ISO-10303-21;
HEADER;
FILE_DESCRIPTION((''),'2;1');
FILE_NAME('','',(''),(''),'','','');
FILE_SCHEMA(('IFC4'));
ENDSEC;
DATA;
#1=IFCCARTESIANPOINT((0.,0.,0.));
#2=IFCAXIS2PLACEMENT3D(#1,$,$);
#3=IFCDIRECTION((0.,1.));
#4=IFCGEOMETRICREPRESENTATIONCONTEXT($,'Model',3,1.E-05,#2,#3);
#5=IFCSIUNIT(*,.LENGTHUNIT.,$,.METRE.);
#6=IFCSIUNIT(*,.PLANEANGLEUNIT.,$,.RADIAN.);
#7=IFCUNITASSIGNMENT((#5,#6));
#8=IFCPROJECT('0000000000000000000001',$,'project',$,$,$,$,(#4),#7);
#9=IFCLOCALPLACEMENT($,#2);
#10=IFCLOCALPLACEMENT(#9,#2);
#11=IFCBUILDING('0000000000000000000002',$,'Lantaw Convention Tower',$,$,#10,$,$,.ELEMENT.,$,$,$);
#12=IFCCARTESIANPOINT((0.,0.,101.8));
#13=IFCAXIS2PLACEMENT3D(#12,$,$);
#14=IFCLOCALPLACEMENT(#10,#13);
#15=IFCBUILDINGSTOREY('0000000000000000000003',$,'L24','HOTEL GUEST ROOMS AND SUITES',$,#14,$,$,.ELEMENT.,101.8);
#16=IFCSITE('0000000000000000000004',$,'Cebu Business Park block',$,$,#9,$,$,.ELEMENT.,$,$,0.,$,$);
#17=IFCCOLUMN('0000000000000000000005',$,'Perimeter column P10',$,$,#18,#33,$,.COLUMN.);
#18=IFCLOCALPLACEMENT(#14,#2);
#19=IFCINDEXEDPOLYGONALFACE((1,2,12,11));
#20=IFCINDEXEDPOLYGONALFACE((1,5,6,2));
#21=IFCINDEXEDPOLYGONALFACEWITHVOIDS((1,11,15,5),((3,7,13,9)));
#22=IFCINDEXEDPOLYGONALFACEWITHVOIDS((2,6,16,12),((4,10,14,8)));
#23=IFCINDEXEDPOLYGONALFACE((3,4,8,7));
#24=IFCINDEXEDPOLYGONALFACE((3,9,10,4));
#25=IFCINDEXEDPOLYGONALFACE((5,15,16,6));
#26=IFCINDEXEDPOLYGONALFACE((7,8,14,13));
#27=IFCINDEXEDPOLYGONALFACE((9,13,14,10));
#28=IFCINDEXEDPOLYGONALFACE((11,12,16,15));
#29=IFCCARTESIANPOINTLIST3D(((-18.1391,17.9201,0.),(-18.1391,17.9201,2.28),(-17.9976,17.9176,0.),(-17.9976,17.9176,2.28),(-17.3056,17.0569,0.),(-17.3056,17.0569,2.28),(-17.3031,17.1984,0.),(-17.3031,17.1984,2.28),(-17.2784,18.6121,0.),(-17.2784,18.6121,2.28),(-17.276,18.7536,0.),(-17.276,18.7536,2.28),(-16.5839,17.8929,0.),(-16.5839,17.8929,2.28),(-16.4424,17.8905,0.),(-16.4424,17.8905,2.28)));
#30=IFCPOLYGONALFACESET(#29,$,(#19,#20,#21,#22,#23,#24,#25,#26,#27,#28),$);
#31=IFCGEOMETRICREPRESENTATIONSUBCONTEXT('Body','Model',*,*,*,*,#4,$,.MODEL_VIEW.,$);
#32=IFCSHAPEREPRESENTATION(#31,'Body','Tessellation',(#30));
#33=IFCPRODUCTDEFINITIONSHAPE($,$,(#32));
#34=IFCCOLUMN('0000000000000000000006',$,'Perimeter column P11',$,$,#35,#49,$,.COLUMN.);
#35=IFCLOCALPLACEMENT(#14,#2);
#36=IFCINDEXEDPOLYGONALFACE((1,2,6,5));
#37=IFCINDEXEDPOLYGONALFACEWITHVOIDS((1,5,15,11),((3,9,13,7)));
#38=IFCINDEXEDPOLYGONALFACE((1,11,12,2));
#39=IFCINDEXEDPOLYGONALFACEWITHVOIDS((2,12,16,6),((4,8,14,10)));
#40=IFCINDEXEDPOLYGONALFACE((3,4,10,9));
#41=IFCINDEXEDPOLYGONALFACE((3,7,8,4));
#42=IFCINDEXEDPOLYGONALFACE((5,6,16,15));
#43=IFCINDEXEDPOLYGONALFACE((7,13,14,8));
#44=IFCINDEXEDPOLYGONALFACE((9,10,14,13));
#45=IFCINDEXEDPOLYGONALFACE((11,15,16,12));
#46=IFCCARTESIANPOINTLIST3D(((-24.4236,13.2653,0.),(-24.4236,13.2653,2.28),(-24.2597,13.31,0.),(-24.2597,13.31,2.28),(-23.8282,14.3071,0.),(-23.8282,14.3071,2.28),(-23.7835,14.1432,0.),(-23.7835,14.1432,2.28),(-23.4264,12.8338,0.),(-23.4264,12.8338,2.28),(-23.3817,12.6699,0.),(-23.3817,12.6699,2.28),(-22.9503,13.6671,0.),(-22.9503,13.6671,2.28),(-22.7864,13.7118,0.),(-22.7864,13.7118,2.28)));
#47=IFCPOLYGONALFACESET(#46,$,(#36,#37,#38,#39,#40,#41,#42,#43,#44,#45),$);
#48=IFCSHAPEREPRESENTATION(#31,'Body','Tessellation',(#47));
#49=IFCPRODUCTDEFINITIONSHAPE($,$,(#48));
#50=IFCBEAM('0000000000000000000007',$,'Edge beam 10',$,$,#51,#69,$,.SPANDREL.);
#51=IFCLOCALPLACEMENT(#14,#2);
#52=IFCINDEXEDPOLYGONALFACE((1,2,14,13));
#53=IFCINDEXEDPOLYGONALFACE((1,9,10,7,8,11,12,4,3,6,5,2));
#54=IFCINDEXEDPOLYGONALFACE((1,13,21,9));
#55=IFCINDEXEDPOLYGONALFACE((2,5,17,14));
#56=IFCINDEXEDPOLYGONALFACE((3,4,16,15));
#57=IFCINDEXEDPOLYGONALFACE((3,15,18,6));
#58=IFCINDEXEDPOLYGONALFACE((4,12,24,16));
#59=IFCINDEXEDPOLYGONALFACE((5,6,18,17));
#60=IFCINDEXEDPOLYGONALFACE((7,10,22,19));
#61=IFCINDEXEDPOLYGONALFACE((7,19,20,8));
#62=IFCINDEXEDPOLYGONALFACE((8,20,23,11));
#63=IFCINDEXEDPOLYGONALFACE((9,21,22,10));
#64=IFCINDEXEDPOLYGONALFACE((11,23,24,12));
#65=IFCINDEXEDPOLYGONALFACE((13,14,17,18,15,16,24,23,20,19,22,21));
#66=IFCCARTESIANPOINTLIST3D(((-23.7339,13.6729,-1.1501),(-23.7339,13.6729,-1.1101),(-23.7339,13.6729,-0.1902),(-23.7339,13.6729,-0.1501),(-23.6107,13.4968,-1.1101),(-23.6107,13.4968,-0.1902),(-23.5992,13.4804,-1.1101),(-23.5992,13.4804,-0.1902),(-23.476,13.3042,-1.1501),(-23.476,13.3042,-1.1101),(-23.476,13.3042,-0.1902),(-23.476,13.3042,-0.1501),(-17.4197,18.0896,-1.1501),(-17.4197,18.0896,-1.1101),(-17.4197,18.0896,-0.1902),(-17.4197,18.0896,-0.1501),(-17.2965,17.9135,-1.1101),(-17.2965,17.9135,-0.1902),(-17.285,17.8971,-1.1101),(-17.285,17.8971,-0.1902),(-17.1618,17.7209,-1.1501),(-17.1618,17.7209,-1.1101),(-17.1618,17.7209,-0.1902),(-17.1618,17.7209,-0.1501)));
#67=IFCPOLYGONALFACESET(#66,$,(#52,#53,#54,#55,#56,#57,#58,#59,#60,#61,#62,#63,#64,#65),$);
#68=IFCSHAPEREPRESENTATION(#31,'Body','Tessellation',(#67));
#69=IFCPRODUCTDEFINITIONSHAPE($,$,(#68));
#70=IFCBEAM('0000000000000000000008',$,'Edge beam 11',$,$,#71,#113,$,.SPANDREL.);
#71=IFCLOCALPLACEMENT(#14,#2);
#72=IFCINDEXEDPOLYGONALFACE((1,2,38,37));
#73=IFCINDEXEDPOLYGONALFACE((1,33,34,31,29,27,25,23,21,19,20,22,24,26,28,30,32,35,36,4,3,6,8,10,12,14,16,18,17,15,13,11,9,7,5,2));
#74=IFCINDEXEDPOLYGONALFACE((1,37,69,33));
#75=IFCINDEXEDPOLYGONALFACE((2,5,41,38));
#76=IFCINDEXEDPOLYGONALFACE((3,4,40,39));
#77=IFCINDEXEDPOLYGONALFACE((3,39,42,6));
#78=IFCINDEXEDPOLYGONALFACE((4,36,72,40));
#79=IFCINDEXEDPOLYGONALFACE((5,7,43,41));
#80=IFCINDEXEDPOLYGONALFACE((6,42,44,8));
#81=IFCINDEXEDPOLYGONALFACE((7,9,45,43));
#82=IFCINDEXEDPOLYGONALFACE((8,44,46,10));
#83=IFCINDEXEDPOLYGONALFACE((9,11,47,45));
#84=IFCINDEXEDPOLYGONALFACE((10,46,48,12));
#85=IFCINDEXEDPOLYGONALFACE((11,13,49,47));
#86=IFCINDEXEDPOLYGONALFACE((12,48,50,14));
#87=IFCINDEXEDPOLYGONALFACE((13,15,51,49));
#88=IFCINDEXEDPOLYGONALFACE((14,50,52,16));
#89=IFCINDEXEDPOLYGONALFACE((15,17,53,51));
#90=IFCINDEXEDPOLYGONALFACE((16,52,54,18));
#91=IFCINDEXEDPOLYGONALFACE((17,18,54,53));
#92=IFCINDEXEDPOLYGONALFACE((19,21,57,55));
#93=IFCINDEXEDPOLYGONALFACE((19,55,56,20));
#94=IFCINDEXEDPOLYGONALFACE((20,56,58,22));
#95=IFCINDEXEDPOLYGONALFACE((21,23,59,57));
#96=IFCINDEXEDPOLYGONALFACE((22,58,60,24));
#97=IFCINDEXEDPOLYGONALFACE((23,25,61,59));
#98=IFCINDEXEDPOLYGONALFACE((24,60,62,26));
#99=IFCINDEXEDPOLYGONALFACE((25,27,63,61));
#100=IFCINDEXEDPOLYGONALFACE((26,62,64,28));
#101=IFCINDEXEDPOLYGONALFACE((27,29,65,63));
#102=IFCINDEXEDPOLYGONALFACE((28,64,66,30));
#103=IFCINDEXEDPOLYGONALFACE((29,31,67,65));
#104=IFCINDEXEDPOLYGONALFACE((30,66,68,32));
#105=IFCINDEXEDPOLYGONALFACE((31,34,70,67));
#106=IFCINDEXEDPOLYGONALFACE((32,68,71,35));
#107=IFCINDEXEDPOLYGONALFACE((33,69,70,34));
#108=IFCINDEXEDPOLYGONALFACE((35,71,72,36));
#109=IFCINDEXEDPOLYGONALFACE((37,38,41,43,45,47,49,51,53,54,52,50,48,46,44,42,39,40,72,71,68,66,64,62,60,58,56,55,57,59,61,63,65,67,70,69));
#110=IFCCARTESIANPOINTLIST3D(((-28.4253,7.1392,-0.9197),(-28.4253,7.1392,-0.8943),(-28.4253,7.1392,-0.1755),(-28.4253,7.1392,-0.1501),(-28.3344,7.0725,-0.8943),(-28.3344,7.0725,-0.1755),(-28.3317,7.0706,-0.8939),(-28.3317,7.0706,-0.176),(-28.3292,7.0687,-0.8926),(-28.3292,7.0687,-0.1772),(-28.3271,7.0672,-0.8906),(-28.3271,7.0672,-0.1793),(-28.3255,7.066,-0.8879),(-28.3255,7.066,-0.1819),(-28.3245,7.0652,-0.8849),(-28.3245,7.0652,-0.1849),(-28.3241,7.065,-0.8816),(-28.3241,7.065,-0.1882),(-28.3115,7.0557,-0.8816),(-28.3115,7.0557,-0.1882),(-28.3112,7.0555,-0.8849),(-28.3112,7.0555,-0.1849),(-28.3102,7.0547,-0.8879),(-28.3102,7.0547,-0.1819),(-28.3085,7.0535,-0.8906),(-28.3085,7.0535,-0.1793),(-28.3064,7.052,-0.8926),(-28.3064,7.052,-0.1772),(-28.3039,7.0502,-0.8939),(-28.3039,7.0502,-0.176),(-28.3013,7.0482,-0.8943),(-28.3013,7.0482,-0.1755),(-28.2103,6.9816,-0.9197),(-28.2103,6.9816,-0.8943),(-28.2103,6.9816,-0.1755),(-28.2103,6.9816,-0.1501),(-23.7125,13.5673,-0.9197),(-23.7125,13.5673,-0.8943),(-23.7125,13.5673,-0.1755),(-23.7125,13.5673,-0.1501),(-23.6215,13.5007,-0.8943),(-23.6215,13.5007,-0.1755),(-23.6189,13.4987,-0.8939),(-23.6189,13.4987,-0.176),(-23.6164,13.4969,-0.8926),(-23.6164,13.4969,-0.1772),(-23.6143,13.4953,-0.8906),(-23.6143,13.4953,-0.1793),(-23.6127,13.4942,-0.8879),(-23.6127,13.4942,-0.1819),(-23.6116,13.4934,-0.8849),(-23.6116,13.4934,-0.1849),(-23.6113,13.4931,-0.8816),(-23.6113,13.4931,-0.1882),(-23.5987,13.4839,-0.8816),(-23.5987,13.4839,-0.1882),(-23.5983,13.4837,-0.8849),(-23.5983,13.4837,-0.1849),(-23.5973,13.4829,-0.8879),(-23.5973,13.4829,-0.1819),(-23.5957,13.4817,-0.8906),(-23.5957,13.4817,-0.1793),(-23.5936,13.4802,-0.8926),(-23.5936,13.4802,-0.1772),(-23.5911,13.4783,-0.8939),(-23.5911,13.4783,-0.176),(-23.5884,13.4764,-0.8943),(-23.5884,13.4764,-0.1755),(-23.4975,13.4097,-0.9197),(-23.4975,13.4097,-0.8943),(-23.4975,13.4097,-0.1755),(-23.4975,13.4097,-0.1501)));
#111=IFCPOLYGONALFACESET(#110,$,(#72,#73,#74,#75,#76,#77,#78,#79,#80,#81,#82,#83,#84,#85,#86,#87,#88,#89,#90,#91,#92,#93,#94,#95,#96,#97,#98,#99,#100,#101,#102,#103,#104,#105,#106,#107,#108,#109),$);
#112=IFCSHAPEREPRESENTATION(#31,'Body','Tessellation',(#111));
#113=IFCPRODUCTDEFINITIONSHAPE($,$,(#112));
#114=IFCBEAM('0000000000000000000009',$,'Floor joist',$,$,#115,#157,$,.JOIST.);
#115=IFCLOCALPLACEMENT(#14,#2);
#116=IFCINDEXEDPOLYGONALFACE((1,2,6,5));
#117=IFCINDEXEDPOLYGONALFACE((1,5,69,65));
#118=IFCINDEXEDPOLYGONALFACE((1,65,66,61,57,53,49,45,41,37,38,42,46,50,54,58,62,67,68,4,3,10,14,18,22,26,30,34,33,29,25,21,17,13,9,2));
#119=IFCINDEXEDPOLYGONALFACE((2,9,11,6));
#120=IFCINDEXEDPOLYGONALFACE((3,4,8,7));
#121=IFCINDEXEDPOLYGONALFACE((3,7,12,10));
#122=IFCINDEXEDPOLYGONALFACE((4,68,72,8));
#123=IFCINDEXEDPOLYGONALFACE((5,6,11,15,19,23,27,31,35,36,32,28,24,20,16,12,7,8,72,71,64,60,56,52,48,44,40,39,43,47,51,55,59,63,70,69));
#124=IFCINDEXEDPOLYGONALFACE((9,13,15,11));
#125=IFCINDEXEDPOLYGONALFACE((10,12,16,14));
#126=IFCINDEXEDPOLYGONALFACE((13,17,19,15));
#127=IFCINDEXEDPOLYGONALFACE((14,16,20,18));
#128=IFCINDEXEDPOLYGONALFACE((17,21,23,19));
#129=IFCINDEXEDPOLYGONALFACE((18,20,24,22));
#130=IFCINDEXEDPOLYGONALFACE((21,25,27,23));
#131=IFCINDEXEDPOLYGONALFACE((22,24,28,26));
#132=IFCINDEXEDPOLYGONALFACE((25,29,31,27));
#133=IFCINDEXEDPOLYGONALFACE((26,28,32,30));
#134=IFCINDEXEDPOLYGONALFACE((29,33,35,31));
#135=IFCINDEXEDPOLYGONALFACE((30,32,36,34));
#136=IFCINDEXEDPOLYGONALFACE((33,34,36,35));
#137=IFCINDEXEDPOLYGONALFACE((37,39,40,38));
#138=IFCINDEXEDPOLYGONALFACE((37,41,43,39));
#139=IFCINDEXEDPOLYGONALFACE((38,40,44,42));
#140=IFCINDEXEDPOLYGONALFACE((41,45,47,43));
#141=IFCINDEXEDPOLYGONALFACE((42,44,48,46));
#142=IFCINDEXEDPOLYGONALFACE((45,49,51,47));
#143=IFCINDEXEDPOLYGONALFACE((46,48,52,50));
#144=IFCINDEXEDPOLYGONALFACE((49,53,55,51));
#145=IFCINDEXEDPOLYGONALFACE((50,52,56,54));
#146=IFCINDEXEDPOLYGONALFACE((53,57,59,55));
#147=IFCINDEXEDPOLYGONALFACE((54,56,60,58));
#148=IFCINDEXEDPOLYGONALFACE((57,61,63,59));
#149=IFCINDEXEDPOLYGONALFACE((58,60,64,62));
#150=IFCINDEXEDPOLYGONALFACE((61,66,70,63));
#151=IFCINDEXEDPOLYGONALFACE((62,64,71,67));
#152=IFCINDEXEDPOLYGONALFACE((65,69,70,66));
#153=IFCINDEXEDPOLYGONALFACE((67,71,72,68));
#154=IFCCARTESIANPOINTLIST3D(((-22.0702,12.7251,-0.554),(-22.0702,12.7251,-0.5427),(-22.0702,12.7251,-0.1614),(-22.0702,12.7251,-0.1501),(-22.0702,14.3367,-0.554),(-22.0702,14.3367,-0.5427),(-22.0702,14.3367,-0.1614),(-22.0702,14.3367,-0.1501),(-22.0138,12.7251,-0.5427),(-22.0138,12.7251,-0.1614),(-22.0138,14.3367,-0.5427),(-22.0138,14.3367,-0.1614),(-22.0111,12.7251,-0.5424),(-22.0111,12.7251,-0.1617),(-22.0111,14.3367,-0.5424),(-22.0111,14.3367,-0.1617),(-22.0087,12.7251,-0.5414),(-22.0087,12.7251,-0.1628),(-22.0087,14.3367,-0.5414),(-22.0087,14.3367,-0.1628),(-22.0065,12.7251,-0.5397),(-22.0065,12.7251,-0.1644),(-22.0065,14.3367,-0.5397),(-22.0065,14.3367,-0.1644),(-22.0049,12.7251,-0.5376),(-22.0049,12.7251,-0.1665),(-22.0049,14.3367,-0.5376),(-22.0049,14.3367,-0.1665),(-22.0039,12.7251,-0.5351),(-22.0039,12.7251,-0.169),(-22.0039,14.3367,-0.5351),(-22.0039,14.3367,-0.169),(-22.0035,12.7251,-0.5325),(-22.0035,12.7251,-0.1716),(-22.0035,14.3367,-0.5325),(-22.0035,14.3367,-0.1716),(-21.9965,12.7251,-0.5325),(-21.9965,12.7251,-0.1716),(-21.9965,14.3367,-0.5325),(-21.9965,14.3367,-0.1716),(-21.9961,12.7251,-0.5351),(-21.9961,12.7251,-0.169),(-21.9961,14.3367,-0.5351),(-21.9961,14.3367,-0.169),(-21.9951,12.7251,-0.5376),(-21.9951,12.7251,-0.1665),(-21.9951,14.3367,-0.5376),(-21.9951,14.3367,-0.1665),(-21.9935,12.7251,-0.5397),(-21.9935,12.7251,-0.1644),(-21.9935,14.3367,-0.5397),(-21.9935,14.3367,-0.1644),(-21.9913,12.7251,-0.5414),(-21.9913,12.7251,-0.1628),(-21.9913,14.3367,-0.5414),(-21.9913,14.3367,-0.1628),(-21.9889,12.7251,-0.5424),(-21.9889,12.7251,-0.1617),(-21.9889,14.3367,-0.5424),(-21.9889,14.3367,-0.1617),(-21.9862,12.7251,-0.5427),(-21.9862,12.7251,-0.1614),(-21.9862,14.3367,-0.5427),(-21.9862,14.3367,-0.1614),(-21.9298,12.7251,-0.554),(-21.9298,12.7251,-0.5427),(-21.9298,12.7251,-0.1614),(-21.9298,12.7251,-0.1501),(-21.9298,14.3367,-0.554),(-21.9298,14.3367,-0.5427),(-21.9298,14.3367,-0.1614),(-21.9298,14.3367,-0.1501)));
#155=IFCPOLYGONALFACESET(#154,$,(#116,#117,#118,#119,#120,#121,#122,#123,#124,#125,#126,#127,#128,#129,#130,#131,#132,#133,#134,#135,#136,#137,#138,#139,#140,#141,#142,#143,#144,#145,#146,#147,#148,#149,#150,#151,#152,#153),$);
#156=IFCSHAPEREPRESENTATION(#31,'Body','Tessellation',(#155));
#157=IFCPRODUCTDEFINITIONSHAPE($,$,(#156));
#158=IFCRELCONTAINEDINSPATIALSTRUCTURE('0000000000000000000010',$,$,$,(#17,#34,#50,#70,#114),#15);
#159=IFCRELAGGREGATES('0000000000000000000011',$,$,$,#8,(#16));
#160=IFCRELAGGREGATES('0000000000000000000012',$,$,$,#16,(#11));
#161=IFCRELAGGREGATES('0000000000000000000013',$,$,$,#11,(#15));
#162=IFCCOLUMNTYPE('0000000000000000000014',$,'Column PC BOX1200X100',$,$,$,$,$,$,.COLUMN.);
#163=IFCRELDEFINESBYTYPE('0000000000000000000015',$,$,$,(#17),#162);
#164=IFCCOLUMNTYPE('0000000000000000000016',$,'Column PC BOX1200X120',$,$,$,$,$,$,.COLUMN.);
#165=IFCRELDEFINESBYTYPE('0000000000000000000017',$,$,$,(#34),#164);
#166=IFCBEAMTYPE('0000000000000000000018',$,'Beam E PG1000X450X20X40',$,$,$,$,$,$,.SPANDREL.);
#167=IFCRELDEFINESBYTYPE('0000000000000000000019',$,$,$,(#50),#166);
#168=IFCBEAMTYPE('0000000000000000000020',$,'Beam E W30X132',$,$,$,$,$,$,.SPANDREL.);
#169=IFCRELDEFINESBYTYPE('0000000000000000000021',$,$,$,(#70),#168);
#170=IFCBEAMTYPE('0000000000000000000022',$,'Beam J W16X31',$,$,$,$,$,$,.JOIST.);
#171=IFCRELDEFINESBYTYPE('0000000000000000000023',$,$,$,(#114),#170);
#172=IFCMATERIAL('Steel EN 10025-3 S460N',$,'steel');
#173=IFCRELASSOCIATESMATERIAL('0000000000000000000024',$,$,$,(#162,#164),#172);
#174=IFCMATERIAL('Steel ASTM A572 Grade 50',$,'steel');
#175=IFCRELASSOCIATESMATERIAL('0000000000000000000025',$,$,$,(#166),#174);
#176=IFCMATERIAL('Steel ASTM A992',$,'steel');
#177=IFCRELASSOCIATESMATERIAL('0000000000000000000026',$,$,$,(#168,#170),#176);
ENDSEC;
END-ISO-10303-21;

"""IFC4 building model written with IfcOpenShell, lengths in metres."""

from ifc_helpers import new_model, si_unit, direction, frame, origin, origin_2d, place, context, subcontext, project, spatial, rectangle, hollow_rectangle, i_section, extrude, material, material_profile, profile_set, type_object, element, save


model = new_model("IFC4")

# Units and contexts
model_context = context("Model", 3, precision=1e-05, world=origin(), true_north=direction((0.0, 1.0)))
body_context = subcontext(model_context, "Body", "Model", "MODEL_VIEW")
ifc_project = project(units=[si_unit("LENGTHUNIT", "METRE"), si_unit("PLANEANGLEUNIT", "RADIAN")], contexts=[model_context])

# Site, building, storey
site_placement = place(None, origin())
site = spatial("IfcSite", under=ifc_project, at=site_placement, Name="Cebu Business Park block", CompositionType="ELEMENT", RefElevation=0.0)
building_placement = place(site_placement, origin())
building = spatial("IfcBuilding", under=site, at=building_placement, Name="Lantaw Convention Tower", CompositionType="ELEMENT")
storey_placement = place(building_placement, frame((0.0, 0.0, 101.8)))
storey = spatial("IfcBuildingStorey", under=building, at=storey_placement, Name="L24", Description="HOTEL GUEST ROOMS AND SUITES", CompositionType="ELEMENT", Elevation=101.8)

# Columns
ifc_material_1 = material(Name="Steel EN 10025-3 S460N", Category="steel")
ifc_material_profile_1 = material_profile(ifc_material_1, hollow_rectangle(XDim=1.2, YDim=1.2, WallThickness=0.1001, at=origin_2d()), Name="BOX1200X100")
ifc_material_2 = material(Name="Concrete C60/75", Category="concrete")
ifc_material_profile_2 = material_profile(ifc_material_2, rectangle(XDim=1.0, YDim=1.0, at=origin_2d()), Name="Concrete fill of BOX1200X100")
ifc_profile_set_1 = profile_set([ifc_material_profile_1, ifc_material_profile_2], Name="Steel EN 10025-3 S460N")
column_type_1 = type_object("IfcColumnType", Name="Column PC BOX1200X100", PredefinedType="COLUMN", material=ifc_profile_set_1)
column_1_placement = place(storey_placement, frame((-17.2908, 17.9053, 0.0), z_axis=(0.0, 0.0, 1.0), x_axis=(0.71934, 0.694658, 0.0)))
element("IfcColumn", 1, at=column_1_placement, inside=storey, type_object=column_type_1, Name="Perimeter column P10", PredefinedType="COLUMN", context=body_context, shape_type="SweptSolid", body=[
    extrude(hollow_rectangle(XDim=1.2, YDim=1.2, WallThickness=0.1001, at=origin_2d()), origin(), (0.0, 0.0, 1.0), 2.28),
])
ifc_material_profile_3 = material_profile(ifc_material_1, hollow_rectangle(XDim=1.2, YDim=1.2, WallThickness=0.1201, at=origin_2d()), Name="BOX1200X120")
ifc_material_profile_4 = material_profile(ifc_material_2, rectangle(XDim=0.96, YDim=0.96, at=origin_2d()), Name="Concrete fill of BOX1200X120")
ifc_profile_set_2 = profile_set([ifc_material_profile_3, ifc_material_profile_4], Name="Steel EN 10025-3 S460N")
column_type_2 = type_object("IfcColumnType", Name="Column PC BOX1200X120", PredefinedType="COLUMN", material=ifc_profile_set_2)
column_2_placement = place(storey_placement, frame((-23.605, 13.4885, 0.0), z_axis=(0.0, 0.0, 1.0), x_axis=(0.496139, 0.868243, 0.0)))
element("IfcColumn", 2, at=column_2_placement, inside=storey, type_object=column_type_2, Name="Perimeter column P11", PredefinedType="COLUMN", context=body_context, shape_type="SweptSolid", body=[
    extrude(hollow_rectangle(XDim=1.2, YDim=1.2, WallThickness=0.1201, at=origin_2d()), origin(), (0.0, 0.0, 1.0), 2.28),
])

# Beams
ifc_material_3 = material(Name="Steel ASTM A572 Grade 50", Category="steel")
ifc_material_profile_5 = material_profile(ifc_material_3, i_section(OverallWidth=0.45, OverallDepth=1.0, WebThickness=0.02, FlangeThickness=0.04, at=origin_2d()), Name="PG1000X450X20X40")
ifc_profile_set_3 = profile_set([ifc_material_profile_5], Name="Steel ASTM A572 Grade 50")
beam_type_1 = type_object("IfcBeamType", Name="Beam E PG1000X450X20X40", PredefinedType="SPANDREL", material=ifc_profile_set_3)
beam_1_placement = place(storey_placement, frame((-17.2908, 17.9053, -0.6501), z_axis=(-0.819427, -0.573184, 0.0), x_axis=(0.573184, -0.819427, 0.0)))
element("IfcBeam", 3, at=beam_1_placement, inside=storey, type_object=beam_type_1, Name="Edge beam 10", PredefinedType="SPANDREL", context=body_context, shape_type="SweptSolid", body=[
    extrude(i_section(OverallWidth=0.45, OverallDepth=1.0, WebThickness=0.02, FlangeThickness=0.04, at=origin_2d()), origin(), (0.0, 0.0, 1.0), 7.7056),
])
ifc_material_4 = material(Name="Steel ASTM A992", Category="steel")
ifc_material_profile_6 = material_profile(ifc_material_4, i_section(OverallWidth=0.2666, OverallDepth=0.7695, WebThickness=0.0156, FlangeThickness=0.0254, FilletRadius=0.0127, at=origin_2d()), Name="W30X132")
ifc_profile_set_4 = profile_set([ifc_material_profile_6], Name="Steel ASTM A992")
beam_type_2 = type_object("IfcBeamType", Name="Beam E W30X132", PredefinedType="SPANDREL", material=ifc_profile_set_4)
beam_2_placement = place(storey_placement, frame((-23.605, 13.4885, -0.5349), z_axis=(-0.591271, -0.806473, 0.0), x_axis=(0.806473, -0.591271, 0.0)))
element("IfcBeam", 4, at=beam_2_placement, inside=storey, type_object=beam_type_2, Name="Edge beam 11", PredefinedType="SPANDREL", context=body_context, shape_type="SweptSolid", body=[
    extrude(i_section(OverallWidth=0.2666, OverallDepth=0.7695, WebThickness=0.0156, FlangeThickness=0.0254, FilletRadius=0.0127, at=origin_2d()), origin(), (0.0, 0.0, 1.0), 7.9707),
])
ifc_material_profile_7 = material_profile(ifc_material_4, i_section(OverallWidth=0.1404, OverallDepth=0.4038, WebThickness=0.0071, FlangeThickness=0.0112, FilletRadius=0.0103, at=origin_2d()), Name="W16X31")
ifc_profile_set_5 = profile_set([ifc_material_profile_7], Name="Steel ASTM A992")
beam_type_3 = type_object("IfcBeamType", Name="Beam J W16X31", PredefinedType="JOIST", material=ifc_profile_set_5)
beam_3_placement = place(storey_placement, frame((-22.0, 12.7251, -0.3521), z_axis=(0.0, 1.0, 0.0), x_axis=(-1.0, 0.0, 0.0)))
element("IfcBeam", 5, at=beam_3_placement, inside=storey, type_object=beam_type_3, Name="Floor joist", PredefinedType="JOIST", context=body_context, shape_type="SweptSolid", body=[
    extrude(i_section(OverallWidth=0.1404, OverallDepth=0.4038, WebThickness=0.0071, FlangeThickness=0.0112, FilletRadius=0.0103, at=origin_2d()), origin(), (0.0, 0.0, 1.0), 1.6116),
])

save(model, "model.ifc")
